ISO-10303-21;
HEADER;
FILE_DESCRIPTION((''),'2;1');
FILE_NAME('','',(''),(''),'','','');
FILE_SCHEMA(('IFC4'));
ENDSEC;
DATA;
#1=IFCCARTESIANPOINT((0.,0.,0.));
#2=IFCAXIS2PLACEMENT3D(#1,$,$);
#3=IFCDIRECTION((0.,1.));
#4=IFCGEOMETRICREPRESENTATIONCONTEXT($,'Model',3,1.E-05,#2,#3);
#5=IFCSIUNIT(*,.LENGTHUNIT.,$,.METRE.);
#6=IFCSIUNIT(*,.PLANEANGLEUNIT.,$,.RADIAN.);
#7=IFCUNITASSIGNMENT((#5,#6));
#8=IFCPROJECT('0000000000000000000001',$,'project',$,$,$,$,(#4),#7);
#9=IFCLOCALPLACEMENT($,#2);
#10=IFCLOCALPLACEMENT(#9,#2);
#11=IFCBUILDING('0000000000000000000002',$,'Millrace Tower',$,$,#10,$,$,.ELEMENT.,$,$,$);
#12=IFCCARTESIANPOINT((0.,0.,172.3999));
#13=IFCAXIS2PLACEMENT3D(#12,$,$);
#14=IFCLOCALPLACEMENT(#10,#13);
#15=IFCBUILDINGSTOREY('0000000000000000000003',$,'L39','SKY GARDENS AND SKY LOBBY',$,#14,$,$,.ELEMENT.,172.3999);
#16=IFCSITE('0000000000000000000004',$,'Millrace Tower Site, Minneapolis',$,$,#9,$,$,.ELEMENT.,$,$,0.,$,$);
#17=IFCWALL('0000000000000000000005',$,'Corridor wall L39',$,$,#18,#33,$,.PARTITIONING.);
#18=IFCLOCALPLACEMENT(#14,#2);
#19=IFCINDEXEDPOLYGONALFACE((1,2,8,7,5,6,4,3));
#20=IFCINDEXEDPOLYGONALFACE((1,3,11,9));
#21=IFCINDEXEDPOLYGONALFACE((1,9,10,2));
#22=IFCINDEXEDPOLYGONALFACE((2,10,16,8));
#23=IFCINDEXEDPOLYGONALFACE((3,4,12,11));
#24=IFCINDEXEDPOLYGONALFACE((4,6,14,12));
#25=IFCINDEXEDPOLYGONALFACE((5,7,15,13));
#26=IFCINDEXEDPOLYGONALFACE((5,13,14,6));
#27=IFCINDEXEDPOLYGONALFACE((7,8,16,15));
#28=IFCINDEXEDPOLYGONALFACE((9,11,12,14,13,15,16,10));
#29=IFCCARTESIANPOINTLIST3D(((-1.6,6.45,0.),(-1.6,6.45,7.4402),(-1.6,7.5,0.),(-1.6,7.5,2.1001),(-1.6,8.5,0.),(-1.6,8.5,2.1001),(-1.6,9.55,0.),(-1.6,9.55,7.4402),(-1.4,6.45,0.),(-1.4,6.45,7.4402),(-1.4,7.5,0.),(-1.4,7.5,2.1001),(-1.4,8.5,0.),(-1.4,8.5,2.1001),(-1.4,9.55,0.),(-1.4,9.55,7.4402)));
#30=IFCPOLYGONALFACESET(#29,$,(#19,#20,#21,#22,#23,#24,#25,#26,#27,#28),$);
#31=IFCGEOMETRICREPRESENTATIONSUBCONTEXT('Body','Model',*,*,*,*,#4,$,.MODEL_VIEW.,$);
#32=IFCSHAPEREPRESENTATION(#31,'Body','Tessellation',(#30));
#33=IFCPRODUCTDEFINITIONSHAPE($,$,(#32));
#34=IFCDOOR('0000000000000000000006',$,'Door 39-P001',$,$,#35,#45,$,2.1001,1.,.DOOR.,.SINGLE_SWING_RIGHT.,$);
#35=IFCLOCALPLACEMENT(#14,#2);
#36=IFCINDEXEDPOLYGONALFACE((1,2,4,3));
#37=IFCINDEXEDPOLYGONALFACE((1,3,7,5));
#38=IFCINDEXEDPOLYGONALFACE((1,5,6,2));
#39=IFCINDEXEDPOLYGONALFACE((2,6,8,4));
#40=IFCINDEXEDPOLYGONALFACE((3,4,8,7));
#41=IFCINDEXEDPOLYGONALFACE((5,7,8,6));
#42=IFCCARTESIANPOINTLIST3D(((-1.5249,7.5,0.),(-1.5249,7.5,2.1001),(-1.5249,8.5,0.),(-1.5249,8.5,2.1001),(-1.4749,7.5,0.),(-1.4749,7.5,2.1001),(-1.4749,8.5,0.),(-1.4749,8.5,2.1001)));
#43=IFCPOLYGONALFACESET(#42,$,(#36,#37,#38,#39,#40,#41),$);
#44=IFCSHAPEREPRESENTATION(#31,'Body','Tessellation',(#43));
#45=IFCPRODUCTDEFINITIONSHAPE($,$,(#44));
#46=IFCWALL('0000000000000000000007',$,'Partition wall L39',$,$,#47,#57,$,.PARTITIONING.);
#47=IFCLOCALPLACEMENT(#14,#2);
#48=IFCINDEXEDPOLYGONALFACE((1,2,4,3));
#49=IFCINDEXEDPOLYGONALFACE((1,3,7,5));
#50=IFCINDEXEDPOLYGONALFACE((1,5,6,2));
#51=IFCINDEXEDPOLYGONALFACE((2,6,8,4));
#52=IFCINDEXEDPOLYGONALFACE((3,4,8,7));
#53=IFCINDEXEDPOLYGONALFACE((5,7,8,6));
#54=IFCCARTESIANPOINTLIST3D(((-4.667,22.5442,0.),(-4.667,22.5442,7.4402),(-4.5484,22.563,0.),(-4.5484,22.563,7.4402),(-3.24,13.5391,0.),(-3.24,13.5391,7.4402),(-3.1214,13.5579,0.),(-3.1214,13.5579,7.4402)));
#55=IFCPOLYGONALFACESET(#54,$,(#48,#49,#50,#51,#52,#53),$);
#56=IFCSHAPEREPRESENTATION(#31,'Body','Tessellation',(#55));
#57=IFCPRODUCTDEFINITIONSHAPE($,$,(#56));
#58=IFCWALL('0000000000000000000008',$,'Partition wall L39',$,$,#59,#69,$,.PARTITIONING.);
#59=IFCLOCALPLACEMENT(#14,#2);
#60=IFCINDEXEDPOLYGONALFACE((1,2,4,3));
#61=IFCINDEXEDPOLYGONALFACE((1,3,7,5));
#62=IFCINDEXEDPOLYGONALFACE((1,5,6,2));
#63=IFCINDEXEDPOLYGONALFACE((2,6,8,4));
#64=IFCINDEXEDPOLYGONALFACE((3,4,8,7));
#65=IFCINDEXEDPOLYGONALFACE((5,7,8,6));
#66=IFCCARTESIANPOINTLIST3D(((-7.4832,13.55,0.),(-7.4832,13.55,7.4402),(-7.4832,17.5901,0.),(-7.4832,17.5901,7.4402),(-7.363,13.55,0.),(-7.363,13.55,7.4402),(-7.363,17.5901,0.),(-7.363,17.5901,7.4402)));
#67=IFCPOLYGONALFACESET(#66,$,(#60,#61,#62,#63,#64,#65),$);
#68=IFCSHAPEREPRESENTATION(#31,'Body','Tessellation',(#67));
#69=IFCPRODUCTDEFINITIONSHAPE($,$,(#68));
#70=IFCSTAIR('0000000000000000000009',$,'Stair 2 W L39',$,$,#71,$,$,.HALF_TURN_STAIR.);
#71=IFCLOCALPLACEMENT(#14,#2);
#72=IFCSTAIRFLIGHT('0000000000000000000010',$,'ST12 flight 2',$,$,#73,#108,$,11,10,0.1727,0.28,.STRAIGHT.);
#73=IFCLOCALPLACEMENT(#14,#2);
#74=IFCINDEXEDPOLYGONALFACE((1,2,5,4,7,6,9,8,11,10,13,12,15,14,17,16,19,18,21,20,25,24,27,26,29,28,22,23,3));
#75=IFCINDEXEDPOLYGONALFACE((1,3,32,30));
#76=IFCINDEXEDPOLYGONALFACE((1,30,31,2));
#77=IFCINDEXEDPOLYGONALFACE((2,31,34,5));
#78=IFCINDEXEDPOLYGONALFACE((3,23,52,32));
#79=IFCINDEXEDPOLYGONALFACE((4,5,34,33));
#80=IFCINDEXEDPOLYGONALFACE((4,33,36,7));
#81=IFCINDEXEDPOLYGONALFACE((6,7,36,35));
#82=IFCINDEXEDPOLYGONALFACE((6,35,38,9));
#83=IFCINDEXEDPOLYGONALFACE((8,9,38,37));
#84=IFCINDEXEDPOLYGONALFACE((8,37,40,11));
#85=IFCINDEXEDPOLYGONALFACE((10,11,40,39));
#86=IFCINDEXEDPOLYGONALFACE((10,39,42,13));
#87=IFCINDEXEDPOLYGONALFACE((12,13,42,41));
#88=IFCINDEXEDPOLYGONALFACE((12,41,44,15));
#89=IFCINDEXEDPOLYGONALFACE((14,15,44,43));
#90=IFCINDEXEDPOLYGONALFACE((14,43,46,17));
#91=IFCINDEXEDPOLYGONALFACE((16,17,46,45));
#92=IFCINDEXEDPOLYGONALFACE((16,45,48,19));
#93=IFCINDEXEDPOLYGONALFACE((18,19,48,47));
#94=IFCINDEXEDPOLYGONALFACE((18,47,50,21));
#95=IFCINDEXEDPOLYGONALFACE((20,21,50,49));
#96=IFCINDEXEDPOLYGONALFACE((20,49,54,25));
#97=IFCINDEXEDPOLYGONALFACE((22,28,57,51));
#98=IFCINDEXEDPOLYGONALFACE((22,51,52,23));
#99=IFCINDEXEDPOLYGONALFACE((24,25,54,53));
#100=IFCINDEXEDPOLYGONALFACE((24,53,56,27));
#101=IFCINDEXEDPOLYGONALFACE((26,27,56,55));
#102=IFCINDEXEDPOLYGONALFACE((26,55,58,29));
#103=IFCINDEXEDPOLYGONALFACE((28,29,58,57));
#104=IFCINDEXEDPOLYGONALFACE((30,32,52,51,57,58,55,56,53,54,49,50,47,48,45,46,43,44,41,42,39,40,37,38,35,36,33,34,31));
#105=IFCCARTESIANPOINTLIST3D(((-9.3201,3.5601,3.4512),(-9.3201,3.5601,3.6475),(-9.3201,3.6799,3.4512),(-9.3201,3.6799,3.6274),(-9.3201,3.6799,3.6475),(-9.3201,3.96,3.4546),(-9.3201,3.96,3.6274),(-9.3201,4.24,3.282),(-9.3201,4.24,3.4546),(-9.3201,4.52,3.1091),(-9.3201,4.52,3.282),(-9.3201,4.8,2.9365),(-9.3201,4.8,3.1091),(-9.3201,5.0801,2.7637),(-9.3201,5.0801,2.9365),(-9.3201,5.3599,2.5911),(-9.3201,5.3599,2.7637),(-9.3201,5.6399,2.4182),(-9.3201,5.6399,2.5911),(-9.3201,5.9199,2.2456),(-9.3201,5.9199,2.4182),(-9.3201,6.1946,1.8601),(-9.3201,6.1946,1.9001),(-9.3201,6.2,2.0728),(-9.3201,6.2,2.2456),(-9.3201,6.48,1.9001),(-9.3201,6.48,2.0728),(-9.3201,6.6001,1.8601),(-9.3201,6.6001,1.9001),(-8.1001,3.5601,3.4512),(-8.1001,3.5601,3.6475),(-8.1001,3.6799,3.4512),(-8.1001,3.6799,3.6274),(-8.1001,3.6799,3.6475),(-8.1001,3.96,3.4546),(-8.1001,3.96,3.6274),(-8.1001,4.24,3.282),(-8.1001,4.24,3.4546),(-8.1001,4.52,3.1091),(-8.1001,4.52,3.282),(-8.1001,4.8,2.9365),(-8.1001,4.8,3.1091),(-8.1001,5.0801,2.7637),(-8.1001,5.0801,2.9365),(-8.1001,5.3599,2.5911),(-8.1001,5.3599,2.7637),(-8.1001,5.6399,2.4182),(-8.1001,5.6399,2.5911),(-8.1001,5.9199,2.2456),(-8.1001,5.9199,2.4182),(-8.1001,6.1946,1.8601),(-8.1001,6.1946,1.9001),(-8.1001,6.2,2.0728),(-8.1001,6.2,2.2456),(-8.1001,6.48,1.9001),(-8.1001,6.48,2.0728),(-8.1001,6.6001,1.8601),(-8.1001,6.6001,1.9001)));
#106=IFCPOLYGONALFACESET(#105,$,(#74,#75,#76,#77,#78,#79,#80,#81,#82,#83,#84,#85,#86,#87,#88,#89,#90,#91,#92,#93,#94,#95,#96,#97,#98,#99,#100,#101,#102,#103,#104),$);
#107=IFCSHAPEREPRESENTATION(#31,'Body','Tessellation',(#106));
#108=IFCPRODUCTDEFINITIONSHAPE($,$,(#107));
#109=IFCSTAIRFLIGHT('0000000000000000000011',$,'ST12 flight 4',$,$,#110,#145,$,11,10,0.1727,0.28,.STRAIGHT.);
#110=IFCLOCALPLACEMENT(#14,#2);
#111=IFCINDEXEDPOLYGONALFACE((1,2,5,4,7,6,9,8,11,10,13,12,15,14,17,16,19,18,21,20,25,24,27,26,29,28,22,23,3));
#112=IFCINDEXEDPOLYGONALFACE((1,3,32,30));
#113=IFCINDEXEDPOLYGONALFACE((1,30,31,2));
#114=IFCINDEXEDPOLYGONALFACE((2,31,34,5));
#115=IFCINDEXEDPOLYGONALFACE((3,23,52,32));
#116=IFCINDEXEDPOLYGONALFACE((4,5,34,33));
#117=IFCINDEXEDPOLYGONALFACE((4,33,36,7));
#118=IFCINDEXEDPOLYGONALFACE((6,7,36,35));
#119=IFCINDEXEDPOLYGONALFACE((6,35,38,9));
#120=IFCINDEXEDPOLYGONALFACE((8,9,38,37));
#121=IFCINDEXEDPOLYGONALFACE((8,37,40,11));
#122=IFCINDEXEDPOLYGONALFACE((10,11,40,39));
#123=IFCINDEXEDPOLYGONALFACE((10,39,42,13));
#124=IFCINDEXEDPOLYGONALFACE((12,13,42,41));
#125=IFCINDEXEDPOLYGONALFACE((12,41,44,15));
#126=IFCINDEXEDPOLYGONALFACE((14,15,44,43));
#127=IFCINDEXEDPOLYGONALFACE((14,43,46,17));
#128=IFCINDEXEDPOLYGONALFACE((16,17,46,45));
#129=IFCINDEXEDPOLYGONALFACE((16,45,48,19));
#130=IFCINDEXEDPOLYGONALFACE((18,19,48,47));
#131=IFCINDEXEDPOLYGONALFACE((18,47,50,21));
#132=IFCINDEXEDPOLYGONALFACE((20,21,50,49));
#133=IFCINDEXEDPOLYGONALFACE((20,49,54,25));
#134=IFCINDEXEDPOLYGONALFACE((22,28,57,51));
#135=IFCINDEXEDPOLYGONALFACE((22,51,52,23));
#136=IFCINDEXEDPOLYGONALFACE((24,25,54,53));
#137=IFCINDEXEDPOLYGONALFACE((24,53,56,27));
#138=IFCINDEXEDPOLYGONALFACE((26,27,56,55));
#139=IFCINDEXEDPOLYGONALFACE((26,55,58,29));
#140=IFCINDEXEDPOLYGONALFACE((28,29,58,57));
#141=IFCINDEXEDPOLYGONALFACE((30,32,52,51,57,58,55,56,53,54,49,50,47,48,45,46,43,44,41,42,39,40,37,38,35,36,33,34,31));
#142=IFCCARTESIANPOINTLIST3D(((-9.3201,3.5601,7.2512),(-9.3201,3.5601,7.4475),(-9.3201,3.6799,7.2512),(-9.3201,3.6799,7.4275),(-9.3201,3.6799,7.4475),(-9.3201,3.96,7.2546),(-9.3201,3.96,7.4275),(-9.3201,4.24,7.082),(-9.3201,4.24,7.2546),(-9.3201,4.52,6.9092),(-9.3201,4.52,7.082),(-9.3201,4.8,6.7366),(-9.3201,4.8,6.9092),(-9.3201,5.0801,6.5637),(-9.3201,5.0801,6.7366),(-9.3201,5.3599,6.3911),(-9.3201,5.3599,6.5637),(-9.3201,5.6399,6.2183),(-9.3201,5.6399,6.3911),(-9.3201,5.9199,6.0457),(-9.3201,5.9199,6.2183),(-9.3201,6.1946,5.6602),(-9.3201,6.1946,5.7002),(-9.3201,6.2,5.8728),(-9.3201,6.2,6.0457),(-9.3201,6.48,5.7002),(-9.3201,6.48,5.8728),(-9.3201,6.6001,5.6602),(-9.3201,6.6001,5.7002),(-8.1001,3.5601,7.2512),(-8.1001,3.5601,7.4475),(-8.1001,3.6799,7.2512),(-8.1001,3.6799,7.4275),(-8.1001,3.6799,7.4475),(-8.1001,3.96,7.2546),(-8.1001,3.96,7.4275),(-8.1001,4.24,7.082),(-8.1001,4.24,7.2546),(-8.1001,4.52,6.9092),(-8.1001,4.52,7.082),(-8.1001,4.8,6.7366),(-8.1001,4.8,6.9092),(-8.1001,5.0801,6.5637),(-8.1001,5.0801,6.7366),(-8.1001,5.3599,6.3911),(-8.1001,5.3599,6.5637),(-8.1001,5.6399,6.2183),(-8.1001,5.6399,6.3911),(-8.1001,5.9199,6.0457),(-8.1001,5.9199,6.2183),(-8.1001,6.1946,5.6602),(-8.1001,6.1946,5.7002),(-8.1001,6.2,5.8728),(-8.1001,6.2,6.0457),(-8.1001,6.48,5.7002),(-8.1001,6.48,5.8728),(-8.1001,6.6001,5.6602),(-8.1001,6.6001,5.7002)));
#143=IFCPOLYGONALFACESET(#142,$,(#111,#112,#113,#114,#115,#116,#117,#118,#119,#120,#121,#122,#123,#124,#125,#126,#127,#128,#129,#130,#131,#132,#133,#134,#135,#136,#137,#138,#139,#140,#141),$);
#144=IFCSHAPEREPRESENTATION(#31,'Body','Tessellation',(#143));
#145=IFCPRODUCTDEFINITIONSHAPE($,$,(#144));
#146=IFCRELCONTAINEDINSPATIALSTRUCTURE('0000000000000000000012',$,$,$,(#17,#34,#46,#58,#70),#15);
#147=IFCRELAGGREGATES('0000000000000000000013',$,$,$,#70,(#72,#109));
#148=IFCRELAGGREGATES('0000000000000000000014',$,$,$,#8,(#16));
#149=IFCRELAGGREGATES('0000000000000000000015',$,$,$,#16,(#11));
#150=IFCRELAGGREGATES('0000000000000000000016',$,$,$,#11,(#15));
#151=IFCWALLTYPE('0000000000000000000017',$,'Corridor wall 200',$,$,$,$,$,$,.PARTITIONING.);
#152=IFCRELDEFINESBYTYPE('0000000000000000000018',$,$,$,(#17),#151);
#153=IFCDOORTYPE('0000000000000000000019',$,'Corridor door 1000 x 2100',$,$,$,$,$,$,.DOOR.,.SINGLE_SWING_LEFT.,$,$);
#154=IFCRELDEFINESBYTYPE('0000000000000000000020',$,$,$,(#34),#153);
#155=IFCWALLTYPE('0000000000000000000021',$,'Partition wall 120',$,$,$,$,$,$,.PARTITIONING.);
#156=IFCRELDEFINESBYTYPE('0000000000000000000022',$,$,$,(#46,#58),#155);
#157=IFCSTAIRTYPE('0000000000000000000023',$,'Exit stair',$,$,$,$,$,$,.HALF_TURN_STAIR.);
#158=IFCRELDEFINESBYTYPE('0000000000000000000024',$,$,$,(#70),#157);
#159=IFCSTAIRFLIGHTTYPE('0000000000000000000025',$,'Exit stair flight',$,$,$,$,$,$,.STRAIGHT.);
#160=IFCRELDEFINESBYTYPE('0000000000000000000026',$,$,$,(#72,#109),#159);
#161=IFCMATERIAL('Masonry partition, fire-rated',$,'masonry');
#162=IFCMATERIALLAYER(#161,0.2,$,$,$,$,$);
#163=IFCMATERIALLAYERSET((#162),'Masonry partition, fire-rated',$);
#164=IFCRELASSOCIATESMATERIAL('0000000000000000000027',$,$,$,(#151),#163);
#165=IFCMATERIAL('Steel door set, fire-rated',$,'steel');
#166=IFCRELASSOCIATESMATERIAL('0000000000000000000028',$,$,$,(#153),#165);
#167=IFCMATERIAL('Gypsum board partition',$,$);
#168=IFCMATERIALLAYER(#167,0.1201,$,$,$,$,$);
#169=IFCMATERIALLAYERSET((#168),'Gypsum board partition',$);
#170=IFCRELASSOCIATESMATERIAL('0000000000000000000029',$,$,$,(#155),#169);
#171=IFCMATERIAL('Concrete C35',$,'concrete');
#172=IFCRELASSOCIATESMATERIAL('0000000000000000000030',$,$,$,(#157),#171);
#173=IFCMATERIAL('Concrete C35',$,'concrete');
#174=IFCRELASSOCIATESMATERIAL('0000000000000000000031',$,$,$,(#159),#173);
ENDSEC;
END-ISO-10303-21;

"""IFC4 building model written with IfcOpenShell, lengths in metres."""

from ifc_helpers import new_model, si_unit, direction, frame, frame_2d, origin, place, context, subcontext, project, spatial, polyline, rectangle, outline, extrude, material, layer, layer_set, type_object, element, fill, aggregate, save


model = new_model("IFC4")

# Units and contexts
model_context = context("Model", 3, precision=1e-05, world=origin(), true_north=direction((0.0, 1.0)))
body_context = subcontext(model_context, "Body", "Model", "MODEL_VIEW")
ifc_project = project(units=[si_unit("LENGTHUNIT", "METRE"), si_unit("PLANEANGLEUNIT", "RADIAN")], contexts=[model_context])

# Site, building, storey
site_placement = place(None, origin())
site = spatial("IfcSite", under=ifc_project, at=site_placement, Name="Millrace Tower Site, Minneapolis", CompositionType="ELEMENT", RefElevation=0.0)
building_placement = place(site_placement, origin())
building = spatial("IfcBuilding", under=site, at=building_placement, Name="Millrace Tower", CompositionType="ELEMENT")
storey_placement = place(building_placement, frame((0.0, 0.0, 172.3999)))
storey = spatial("IfcBuildingStorey", under=building, at=storey_placement, Name="L39", Description="SKY GARDENS AND SKY LOBBY", CompositionType="ELEMENT", Elevation=172.3999)

# Shared definitions
placement = place(storey_placement, origin())

# Shared definitions
ifc_material_1 = material(Name="Masonry partition, fire-rated", Category="masonry")
ifc_layer_1 = layer(ifc_material_1, 0.2)
ifc_layer_set_1 = layer_set([ifc_layer_1], Name="Masonry partition, fire-rated")
wall_type_1 = type_object("IfcWallType", Name="Corridor wall 200", PredefinedType="PARTITIONING", material=ifc_layer_set_1)

# Wall, opening, door
wall_1_placement = place(storey_placement, frame((-1.5, 6.45, 0.0), z_axis=(0.0, 0.0, 1.0), x_axis=(0.0, 1.0, 0.0)))
wall_1 = element("IfcWall", 1, at=wall_1_placement, inside=storey, type_object=wall_type_1, Name="Corridor wall L39", PredefinedType="PARTITIONING", context=body_context, shape_type="SweptSolid", body=[
    extrude(rectangle(XDim=3.1001, YDim=0.2, at=frame_2d((1.55, 0.0))), origin(), (0.0, 0.0, 1.0), 7.4402),
])
opening_placement = place(wall_1_placement, frame((1.05, 0.0, 0.0)))
opening = element("IfcOpeningElement", 2, at=opening_placement, cuts=wall_1, PredefinedType="OPENING", context=body_context, shape_type="SweptSolid", body=[
    extrude(rectangle(XDim=1.0, YDim=2.1001, at=frame_2d((0.5, 1.05))), frame((0.0, 0.1099, 0.0), z_axis=(0.0, -1.0, 0.0), x_axis=(1.0, 0.0, 0.0)), (0.0, 0.0, 1.0), 0.22),
])
ifc_material_2 = material(Name="Steel door set, fire-rated", Category="steel")
door_type = type_object("IfcDoorType", Name="Corridor door 1000 x 2100", OperationType="SINGLE_SWING_LEFT", PredefinedType="DOOR", material=ifc_material_2)
door_placement = place(opening_placement, origin())
door = element("IfcDoor", 3, at=door_placement, inside=storey, type_object=door_type, Name="Door 39-P001", OperationType="SINGLE_SWING_RIGHT", OverallHeight=2.1001, OverallWidth=1.0, PredefinedType="DOOR", context=body_context, shape_type="SweptSolid", body=[
    extrude(rectangle(XDim=1.0, YDim=2.1001, at=frame_2d((0.5, 1.05))), frame((0.0, 0.0249, 0.0), z_axis=(0.0, -1.0, 0.0), x_axis=(1.0, 0.0, 0.0)), (0.0, 0.0, 1.0), 0.05),
])
fill(opening, door)

# Walls
ifc_material_3 = material(Name="Gypsum board partition")
ifc_layer_2 = layer(ifc_material_3, 0.1201)
ifc_layer_set_2 = layer_set([ifc_layer_2], Name="Gypsum board partition")
wall_type_2 = type_object("IfcWallType", Name="Partition wall 120", PredefinedType="PARTITIONING", material=ifc_layer_set_2)
wall_2_placement = place(storey_placement, frame((-4.6077, 22.5535, 0.0), z_axis=(0.0, 0.0, 1.0), x_axis=(0.156513, -0.987676, 0.0)))
element("IfcWall", 4, at=wall_2_placement, inside=storey, type_object=wall_type_2, Name="Partition wall L39", PredefinedType="PARTITIONING", context=body_context, shape_type="SweptSolid", body=[
    extrude(rectangle(XDim=9.1174, YDim=0.1201, at=frame_2d((4.5586, 0.0))), origin(), (0.0, 0.0, 1.0), 7.4402),
])
wall_3_placement = place(storey_placement, frame((-7.4231, 13.55, 0.0), z_axis=(0.0, 0.0, 1.0), x_axis=(0.0, 1.0, 0.0)))
element("IfcWall", 5, at=wall_3_placement, inside=storey, type_object=wall_type_2, Name="Partition wall L39", PredefinedType="PARTITIONING", context=body_context, shape_type="SweptSolid", body=[
    extrude(rectangle(XDim=4.04, YDim=0.1201, at=frame_2d((2.02, 0.0))), origin(), (0.0, 0.0, 1.0), 7.4402),
])

# Stair, stair flights
ifc_material_4 = material(Name="Concrete C35", Category="concrete")
stair_type = type_object("IfcStairType", Name="Exit stair", PredefinedType="HALF_TURN_STAIR", material=ifc_material_4)
stair_1 = element("IfcStair", 6, at=placement, inside=storey, type_object=stair_type, Name="Stair 2 W L39", PredefinedType="HALF_TURN_STAIR")
ifc_material_5 = material(Name="Concrete C35", Category="concrete")
stair_flight_type = type_object("IfcStairFlightType", Name="Exit stair flight", PredefinedType="STRAIGHT", material=ifc_material_5)
stair_flight_1_placement = place(storey_placement, frame((-8.71, 6.48, 1.9001), z_axis=(0.0, 0.0, 1.0), x_axis=(0.0, -1.0, 0.0)))
stair_flight_1 = element("IfcStairFlight", 7, at=stair_flight_1_placement, type_object=stair_flight_type, Name="ST12 flight 2", NumberOfRisers=11, NumberOfTreads=10, PredefinedType="STRAIGHT", RiserHeight=0.1727, TreadLength=0.28, context=body_context, shape_type="SweptSolid", body=[
    extrude(outline(polyline([(-0.1201, -0.04), (-0.1201, 0.0), (0.0, 0.0), (0.0, 0.1726), (0.28, 0.1726), (0.28, 0.3455), (0.5601, 0.3455), (0.5601, 0.5181), (0.8401, 0.5181), (0.8401, 0.6909), (1.1201, 0.6909), (1.1201, 0.8635), (1.3999, 0.8635), (1.3999, 1.0364), (1.6799, 1.0364), (1.6799, 1.209), (1.96, 1.209), (1.96, 1.3818), (2.24, 1.3818), (2.24, 1.5544), (2.52, 1.5544), (2.52, 1.7273), (2.8, 1.7273), (2.8, 1.7473), (2.9199, 1.7473), (2.9199, 1.551), (2.8, 1.551), (0.2854, 0.0), (0.2854, -0.04), (-0.1201, -0.04)])), frame((0.0, 0.6099, 0.0), z_axis=(0.0, -1.0, 0.0), x_axis=(1.0, 0.0, 0.0)), (0.0, 0.0, 1.0), 1.22),
])
stair_flight_2_placement = place(storey_placement, frame((-8.71, 6.48, 5.7002), z_axis=(0.0, 0.0, 1.0), x_axis=(0.0, -1.0, 0.0)))
stair_flight_2 = element("IfcStairFlight", 8, at=stair_flight_2_placement, type_object=stair_flight_type, Name="ST12 flight 4", NumberOfRisers=11, NumberOfTreads=10, PredefinedType="STRAIGHT", RiserHeight=0.1727, TreadLength=0.28, context=body_context, shape_type="SweptSolid", body=[
    extrude(outline(polyline([(-0.1201, -0.04), (-0.1201, 0.0), (0.0, 0.0), (0.0, 0.1726), (0.28, 0.1726), (0.28, 0.3455), (0.5601, 0.3455), (0.5601, 0.5181), (0.8401, 0.5181), (0.8401, 0.6909), (1.1201, 0.6909), (1.1201, 0.8635), (1.3999, 0.8635), (1.3999, 1.0364), (1.6799, 1.0364), (1.6799, 1.209), (1.96, 1.209), (1.96, 1.3818), (2.24, 1.3818), (2.24, 1.5544), (2.52, 1.5544), (2.52, 1.7273), (2.8, 1.7273), (2.8, 1.7473), (2.9199, 1.7473), (2.9199, 1.551), (2.8, 1.551), (0.2854, 0.0), (0.2854, -0.04), (-0.1201, -0.04)])), frame((0.0, 0.6099, 0.0), z_axis=(0.0, -1.0, 0.0), x_axis=(1.0, 0.0, 0.0)), (0.0, 0.0, 1.0), 1.22),
])
aggregate(stair_1, [stair_flight_1, stair_flight_2])

save(model, "model.ifc")
